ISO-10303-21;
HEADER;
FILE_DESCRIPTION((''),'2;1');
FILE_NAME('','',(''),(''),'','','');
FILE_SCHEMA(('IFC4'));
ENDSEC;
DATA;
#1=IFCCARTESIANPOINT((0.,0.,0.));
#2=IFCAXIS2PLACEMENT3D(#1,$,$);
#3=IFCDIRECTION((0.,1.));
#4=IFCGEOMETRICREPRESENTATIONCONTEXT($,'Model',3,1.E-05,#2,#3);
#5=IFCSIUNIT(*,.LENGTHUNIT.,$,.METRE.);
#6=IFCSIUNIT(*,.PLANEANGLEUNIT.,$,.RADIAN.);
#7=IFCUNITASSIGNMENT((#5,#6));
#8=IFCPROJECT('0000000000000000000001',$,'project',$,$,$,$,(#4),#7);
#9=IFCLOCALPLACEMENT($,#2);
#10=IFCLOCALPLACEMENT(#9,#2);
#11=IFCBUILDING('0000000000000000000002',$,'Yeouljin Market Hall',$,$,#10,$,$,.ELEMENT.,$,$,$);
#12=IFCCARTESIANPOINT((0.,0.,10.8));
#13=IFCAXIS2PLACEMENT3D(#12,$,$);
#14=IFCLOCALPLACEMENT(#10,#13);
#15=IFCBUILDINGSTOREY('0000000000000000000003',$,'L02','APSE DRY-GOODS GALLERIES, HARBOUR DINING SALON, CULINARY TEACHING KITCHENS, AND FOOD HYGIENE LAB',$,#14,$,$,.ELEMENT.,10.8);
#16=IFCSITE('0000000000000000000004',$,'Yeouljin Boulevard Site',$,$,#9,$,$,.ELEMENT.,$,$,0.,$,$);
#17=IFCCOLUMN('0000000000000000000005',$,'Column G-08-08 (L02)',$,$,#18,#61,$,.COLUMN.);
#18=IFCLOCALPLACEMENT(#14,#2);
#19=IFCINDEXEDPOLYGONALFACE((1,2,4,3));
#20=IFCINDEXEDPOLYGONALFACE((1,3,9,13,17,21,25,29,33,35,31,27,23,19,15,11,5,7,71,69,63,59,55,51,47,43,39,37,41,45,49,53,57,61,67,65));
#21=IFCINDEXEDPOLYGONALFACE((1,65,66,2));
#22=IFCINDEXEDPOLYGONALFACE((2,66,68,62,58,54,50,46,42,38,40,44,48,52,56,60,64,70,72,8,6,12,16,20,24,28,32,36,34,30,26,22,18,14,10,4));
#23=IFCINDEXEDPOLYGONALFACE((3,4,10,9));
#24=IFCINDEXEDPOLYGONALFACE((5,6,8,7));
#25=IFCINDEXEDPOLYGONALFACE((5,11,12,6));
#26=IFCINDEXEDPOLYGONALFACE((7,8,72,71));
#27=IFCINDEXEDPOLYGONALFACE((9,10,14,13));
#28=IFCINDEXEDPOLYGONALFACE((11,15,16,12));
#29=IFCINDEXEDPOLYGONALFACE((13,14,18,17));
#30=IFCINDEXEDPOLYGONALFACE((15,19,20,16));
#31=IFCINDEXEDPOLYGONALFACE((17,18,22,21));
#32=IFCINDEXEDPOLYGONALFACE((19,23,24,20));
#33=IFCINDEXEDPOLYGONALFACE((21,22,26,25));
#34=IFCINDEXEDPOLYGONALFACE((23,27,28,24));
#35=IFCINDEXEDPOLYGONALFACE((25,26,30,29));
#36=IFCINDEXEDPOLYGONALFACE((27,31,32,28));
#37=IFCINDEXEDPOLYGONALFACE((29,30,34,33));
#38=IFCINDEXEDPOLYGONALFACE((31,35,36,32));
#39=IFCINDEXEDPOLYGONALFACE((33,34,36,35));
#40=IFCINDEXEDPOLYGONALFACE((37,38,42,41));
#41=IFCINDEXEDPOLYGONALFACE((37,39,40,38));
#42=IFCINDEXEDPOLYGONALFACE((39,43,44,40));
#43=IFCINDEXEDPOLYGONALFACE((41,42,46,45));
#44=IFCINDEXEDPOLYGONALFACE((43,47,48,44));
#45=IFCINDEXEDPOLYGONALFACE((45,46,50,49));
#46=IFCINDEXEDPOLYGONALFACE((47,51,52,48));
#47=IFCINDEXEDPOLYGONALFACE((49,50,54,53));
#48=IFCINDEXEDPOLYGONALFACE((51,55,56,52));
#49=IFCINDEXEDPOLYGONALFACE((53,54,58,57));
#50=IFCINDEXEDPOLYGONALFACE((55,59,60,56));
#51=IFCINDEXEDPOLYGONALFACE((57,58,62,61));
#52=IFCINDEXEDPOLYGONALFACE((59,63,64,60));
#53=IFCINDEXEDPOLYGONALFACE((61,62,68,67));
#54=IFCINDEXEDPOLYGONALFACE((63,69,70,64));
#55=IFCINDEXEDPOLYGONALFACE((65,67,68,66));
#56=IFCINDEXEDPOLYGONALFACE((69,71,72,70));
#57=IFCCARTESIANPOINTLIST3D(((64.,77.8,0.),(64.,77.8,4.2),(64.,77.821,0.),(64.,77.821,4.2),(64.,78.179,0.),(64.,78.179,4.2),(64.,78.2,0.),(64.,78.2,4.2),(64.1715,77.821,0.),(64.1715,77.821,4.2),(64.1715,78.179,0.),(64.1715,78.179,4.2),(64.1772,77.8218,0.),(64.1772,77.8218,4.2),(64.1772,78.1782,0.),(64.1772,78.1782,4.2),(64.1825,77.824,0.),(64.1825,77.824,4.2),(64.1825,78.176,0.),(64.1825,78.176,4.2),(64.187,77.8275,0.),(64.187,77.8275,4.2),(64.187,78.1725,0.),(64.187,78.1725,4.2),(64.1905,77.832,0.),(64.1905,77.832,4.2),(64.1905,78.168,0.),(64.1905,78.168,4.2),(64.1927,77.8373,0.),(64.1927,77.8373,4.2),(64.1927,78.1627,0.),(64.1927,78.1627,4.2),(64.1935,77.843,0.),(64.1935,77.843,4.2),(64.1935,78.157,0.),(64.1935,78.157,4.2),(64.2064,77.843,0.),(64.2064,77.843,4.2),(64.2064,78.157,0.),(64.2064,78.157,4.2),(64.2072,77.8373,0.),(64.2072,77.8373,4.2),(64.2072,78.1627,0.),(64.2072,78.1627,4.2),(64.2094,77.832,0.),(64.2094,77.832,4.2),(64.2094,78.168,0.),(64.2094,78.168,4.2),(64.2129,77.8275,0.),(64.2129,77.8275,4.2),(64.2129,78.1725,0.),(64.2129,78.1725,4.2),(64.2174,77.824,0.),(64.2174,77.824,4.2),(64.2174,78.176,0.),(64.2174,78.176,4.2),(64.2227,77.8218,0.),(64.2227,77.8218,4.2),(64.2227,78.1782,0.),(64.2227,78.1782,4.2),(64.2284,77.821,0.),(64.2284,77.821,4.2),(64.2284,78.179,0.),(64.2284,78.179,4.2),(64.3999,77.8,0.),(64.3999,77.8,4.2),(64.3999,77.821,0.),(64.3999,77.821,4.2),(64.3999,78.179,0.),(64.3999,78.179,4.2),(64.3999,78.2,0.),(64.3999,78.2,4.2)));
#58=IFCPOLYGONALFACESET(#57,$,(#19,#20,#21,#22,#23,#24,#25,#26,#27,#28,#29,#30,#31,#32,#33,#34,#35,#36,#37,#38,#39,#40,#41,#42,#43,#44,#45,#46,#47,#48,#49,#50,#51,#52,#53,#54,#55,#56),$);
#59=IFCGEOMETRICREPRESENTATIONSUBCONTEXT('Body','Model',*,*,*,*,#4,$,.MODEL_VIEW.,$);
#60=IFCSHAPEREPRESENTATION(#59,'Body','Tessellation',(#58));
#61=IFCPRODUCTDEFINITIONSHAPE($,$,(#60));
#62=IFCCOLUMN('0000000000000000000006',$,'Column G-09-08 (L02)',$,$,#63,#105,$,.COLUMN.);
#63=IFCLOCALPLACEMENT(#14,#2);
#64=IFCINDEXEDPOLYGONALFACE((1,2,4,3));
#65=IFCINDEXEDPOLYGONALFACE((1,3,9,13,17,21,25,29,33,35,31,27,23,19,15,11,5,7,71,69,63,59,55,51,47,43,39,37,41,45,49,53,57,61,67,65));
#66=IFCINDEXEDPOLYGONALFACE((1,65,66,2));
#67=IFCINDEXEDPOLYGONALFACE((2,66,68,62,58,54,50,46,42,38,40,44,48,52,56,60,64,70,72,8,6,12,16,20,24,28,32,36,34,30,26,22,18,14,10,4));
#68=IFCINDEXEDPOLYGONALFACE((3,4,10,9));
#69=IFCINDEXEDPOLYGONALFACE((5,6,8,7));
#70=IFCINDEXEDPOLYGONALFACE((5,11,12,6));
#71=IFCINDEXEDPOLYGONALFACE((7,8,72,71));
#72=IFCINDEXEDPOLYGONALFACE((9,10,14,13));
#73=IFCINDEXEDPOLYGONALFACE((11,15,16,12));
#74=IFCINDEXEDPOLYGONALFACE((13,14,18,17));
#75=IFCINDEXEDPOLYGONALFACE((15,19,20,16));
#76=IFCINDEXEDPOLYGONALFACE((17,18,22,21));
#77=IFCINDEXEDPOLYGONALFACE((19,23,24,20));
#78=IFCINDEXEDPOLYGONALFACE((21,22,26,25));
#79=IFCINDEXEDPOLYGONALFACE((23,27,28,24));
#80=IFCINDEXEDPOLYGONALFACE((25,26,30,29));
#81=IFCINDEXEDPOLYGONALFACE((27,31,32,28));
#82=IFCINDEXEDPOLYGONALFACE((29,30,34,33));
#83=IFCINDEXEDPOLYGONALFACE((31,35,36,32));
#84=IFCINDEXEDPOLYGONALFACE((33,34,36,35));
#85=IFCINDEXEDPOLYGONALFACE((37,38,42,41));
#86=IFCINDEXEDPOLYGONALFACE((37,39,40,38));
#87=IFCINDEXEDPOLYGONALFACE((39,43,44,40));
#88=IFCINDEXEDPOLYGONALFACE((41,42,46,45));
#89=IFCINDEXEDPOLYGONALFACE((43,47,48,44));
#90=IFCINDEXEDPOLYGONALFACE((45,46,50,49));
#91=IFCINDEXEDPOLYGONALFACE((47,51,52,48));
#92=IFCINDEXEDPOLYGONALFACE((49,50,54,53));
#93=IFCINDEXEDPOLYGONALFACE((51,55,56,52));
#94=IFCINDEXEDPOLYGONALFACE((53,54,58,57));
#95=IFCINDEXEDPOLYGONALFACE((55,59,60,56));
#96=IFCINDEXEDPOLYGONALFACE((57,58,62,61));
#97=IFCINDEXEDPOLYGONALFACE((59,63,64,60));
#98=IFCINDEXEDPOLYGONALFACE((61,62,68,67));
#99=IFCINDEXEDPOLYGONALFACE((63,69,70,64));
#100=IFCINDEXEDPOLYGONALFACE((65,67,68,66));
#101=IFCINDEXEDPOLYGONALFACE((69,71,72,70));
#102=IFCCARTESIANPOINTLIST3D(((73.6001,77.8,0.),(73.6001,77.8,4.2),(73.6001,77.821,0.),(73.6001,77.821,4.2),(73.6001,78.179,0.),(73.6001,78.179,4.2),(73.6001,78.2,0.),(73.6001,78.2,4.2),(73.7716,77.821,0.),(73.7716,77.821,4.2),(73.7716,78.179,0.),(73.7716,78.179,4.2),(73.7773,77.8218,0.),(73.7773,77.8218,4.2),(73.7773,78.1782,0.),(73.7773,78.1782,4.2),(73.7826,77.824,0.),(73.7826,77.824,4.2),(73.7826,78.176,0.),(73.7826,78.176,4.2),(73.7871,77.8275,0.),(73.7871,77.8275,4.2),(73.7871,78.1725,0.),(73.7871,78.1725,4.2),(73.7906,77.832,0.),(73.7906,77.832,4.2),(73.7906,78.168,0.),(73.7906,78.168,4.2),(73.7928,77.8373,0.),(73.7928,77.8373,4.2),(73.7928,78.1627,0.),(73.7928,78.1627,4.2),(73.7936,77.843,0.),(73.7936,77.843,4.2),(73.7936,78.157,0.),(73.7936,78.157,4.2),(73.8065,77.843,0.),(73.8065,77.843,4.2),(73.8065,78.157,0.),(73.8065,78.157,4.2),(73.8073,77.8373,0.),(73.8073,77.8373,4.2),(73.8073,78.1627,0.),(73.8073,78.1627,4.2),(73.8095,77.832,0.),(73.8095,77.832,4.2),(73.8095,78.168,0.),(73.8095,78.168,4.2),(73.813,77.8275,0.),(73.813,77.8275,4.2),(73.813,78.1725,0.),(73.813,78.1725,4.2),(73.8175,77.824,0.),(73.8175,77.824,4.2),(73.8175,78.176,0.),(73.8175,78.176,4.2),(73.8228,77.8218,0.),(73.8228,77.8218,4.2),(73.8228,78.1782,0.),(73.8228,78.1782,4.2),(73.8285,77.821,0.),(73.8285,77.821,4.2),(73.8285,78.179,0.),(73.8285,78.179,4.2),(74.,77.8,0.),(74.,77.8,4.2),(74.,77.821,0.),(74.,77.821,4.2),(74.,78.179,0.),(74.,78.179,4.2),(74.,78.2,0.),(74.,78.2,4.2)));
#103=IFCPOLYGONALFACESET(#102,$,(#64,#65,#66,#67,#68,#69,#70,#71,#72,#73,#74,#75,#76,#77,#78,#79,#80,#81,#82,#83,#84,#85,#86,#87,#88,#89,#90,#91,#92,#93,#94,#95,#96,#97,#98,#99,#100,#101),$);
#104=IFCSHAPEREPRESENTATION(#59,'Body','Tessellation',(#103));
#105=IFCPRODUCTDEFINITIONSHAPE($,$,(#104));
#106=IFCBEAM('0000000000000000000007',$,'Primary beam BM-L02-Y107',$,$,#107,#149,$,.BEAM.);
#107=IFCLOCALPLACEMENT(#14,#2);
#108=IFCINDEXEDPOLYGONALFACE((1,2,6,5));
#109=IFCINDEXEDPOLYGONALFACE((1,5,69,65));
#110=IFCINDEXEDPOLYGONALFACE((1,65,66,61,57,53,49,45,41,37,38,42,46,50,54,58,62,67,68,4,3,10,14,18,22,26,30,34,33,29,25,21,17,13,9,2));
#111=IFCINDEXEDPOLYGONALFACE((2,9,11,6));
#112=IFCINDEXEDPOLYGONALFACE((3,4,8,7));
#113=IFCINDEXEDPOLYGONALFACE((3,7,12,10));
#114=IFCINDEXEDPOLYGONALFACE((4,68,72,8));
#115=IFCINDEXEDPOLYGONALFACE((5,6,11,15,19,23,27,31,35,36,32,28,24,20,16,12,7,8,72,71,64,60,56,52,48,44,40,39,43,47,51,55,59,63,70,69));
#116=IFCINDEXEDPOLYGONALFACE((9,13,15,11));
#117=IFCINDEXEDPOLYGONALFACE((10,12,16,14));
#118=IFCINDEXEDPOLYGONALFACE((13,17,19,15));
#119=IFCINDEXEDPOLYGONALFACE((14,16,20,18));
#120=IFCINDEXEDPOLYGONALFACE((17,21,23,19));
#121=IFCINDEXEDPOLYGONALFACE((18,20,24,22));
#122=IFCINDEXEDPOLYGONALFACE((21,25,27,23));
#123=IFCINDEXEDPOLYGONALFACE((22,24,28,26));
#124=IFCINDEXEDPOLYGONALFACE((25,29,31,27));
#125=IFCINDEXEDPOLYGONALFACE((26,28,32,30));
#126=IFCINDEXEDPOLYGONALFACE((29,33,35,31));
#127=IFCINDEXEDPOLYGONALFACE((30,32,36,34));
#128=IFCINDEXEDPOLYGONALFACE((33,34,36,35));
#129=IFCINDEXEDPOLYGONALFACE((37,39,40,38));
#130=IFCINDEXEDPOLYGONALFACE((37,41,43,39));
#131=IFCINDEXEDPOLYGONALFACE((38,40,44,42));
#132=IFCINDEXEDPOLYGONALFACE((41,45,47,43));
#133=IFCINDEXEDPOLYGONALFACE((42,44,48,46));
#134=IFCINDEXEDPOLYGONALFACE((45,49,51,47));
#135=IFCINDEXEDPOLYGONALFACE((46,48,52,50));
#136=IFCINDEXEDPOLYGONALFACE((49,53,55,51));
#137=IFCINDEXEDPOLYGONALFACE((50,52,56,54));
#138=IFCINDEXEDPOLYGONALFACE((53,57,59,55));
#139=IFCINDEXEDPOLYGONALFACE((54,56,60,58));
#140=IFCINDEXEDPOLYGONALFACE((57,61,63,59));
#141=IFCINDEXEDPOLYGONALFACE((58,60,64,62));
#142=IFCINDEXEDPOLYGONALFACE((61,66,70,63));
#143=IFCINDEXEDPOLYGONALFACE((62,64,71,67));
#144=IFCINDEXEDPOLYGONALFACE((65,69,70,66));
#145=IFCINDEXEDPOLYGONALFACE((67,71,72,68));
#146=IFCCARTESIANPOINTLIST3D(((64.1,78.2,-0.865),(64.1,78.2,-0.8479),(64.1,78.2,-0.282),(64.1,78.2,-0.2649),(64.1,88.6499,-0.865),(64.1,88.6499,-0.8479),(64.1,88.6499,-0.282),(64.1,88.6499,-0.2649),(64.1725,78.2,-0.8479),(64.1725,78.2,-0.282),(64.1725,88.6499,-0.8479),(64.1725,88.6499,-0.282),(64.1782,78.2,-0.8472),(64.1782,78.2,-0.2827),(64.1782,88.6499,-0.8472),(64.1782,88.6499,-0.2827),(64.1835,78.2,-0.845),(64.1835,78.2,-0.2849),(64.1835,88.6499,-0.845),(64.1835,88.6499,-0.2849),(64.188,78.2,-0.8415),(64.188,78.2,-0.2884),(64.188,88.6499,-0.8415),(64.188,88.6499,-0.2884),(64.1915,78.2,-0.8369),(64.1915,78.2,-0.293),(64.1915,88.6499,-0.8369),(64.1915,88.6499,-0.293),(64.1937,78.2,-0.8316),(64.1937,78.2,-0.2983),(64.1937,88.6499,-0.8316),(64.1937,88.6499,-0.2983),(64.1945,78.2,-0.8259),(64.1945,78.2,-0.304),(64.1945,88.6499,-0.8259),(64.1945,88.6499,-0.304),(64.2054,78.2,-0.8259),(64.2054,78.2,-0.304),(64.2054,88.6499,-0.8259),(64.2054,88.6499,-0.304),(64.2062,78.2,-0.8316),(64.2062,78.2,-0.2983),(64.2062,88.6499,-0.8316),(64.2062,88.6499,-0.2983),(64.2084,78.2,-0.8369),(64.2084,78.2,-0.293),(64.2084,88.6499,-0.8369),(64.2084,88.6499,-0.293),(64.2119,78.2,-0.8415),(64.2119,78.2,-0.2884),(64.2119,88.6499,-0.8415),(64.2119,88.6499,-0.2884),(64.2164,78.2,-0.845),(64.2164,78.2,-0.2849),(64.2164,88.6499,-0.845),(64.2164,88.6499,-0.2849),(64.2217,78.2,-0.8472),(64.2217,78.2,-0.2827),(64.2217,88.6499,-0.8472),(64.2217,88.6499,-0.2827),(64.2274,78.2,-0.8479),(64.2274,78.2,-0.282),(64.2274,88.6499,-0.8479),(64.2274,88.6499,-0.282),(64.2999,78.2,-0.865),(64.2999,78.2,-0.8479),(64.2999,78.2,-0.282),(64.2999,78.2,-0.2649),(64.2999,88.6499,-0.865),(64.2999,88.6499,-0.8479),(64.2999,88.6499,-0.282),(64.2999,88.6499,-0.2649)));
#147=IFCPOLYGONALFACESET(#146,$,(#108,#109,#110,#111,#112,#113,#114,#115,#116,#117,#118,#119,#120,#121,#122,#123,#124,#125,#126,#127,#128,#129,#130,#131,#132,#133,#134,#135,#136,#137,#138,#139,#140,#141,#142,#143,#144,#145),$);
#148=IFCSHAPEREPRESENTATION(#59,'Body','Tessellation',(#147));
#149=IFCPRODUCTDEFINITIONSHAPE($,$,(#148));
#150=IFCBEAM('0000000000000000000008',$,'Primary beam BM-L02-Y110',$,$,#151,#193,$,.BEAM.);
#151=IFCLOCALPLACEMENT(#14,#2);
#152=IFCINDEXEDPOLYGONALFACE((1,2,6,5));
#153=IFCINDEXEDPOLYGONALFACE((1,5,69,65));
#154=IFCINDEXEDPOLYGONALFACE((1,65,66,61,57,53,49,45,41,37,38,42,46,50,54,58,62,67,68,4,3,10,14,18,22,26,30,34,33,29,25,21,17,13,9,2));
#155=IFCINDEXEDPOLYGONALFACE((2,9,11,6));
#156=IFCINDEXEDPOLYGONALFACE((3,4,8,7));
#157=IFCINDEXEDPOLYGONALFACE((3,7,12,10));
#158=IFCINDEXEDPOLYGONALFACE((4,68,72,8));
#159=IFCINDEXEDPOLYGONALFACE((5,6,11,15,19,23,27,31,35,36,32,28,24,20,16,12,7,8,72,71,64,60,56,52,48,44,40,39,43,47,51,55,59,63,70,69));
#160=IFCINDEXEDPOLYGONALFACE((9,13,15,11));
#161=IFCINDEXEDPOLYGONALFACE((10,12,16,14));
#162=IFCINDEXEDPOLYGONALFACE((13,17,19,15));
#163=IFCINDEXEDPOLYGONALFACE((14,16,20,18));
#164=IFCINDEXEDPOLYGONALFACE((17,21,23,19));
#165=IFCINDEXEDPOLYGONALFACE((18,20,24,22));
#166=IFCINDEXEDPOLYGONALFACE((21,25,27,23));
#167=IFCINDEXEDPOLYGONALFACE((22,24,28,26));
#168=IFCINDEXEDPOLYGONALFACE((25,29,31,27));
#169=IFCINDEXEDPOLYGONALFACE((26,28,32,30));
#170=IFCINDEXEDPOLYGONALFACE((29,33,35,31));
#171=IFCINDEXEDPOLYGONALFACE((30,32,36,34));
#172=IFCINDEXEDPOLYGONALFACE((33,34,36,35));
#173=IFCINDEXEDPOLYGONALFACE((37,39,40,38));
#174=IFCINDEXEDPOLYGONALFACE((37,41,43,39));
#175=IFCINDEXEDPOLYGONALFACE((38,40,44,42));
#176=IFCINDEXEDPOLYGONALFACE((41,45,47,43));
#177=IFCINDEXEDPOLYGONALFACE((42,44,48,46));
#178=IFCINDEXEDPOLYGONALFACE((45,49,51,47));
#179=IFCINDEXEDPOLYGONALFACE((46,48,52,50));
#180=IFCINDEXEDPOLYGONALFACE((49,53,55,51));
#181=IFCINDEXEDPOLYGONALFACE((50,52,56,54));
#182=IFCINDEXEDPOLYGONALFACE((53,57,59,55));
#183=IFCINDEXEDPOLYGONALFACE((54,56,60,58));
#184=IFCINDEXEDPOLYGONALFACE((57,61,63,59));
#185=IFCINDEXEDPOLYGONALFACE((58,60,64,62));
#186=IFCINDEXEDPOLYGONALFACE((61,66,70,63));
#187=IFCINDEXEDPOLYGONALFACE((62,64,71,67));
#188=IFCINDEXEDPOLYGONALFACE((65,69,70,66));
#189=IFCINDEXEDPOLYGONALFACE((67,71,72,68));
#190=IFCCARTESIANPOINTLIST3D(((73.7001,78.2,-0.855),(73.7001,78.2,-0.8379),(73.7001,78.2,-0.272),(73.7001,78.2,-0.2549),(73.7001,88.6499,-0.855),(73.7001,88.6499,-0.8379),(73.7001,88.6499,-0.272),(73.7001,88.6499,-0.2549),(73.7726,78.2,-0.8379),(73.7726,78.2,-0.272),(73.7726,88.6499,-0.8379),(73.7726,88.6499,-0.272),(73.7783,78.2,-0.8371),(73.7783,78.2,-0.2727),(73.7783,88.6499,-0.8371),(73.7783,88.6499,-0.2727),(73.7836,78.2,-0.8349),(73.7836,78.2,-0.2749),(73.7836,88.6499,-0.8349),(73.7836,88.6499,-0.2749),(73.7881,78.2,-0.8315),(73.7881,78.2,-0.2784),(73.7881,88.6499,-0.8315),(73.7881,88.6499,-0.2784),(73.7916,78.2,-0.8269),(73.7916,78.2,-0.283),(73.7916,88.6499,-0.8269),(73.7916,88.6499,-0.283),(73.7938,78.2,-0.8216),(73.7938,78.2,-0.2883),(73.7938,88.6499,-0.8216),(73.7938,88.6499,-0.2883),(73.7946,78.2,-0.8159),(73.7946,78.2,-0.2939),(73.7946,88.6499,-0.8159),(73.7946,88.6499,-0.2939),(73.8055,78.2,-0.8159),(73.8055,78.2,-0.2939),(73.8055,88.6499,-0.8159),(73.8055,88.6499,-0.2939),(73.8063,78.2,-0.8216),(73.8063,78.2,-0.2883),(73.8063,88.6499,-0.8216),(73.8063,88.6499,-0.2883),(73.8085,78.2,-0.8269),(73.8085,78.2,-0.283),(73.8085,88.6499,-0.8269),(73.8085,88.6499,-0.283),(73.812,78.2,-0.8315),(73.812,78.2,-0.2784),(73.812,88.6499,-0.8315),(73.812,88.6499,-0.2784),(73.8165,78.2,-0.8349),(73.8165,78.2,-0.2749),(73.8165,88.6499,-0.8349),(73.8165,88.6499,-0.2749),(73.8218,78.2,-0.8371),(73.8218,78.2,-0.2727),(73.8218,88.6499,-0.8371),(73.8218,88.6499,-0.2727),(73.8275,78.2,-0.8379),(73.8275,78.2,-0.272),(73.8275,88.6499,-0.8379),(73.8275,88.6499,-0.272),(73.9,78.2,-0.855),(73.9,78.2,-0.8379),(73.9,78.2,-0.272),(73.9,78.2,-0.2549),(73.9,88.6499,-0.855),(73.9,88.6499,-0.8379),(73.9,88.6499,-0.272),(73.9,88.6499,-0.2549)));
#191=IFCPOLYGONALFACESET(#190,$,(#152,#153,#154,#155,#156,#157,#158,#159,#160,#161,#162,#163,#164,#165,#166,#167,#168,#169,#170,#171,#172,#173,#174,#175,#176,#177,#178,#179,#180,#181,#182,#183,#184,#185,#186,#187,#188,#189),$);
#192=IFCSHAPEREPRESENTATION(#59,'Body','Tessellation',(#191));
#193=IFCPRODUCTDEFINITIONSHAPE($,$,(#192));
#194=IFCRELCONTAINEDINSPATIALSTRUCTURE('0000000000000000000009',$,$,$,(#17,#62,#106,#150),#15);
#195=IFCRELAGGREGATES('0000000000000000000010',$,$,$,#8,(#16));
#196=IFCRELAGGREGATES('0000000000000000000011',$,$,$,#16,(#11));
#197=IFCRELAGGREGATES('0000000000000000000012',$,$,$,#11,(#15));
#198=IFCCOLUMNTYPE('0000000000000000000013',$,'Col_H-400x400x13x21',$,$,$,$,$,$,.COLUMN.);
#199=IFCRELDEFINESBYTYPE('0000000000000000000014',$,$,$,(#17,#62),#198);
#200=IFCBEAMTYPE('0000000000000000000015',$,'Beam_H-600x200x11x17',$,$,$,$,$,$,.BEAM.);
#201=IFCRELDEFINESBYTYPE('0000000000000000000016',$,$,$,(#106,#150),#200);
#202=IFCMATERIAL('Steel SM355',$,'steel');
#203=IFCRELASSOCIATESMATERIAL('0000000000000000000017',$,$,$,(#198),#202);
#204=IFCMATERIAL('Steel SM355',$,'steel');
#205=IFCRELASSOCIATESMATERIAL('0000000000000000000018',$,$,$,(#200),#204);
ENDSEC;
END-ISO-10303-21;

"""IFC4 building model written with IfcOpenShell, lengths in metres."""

from ifc_helpers import new_model, si_unit, direction, frame, origin, origin_2d, place, context, subcontext, project, spatial, i_section, extrude, material, material_profile, profile_set, type_object, element, save


model = new_model("IFC4")

# Units and contexts
model_context = context("Model", 3, precision=1e-05, world=origin(), true_north=direction((0.0, 1.0)))
body_context = subcontext(model_context, "Body", "Model", "MODEL_VIEW")
ifc_project = project(units=[si_unit("LENGTHUNIT", "METRE"), si_unit("PLANEANGLEUNIT", "RADIAN")], contexts=[model_context])

# Site, building, storey
site_placement = place(None, origin())
site = spatial("IfcSite", under=ifc_project, at=site_placement, Name="Yeouljin Boulevard Site", CompositionType="ELEMENT", RefElevation=0.0)
building_placement = place(site_placement, origin())
building = spatial("IfcBuilding", under=site, at=building_placement, Name="Yeouljin Market Hall", CompositionType="ELEMENT")
storey_placement = place(building_placement, frame((0.0, 0.0, 10.8)))
storey = spatial("IfcBuildingStorey", under=building, at=storey_placement, Name="L02", Description="APSE DRY-GOODS GALLERIES, HARBOUR DINING SALON, CULINARY TEACHING KITCHENS, AND FOOD HYGIENE LAB", CompositionType="ELEMENT", Elevation=10.8)

# Columns
ifc_material_1 = material(Name="Steel SM355", Category="steel")
ifc_material_profile_1 = material_profile(ifc_material_1, i_section(OverallWidth=0.3999, OverallDepth=0.3999, WebThickness=0.0129, FlangeThickness=0.021, FilletRadius=0.022, at=origin_2d()), Name="H-400x400x13x21")
ifc_profile_set_1 = profile_set([ifc_material_profile_1], Name="Steel SM355")
column_type = type_object("IfcColumnType", Name="Col_H-400x400x13x21", PredefinedType="COLUMN", material=ifc_profile_set_1)
for number, where, z_axis, x_axis, name in (
    (1, (64.2, 78.0, 0.0), (0.0, 0.0, 1.0), (1.0, 0.0, 0.0), "Column G-08-08 (L02)"),
    (2, (73.8, 78.0, 0.0), (0.0, 0.0, 1.0), (1.0, 0.0, 0.0), "Column G-09-08 (L02)"),
):
    element("IfcColumn", number, at=place(storey_placement, frame(where, z_axis=z_axis, x_axis=x_axis)), inside=storey, type_object=column_type, Name=name, PredefinedType="COLUMN", context=body_context, shape_type="SweptSolid", body=[
        extrude(i_section(OverallWidth=0.3999, OverallDepth=0.3999, WebThickness=0.0129, FlangeThickness=0.021, FilletRadius=0.022, at=origin_2d()), origin(), (0.0, 0.0, 1.0), 4.2),
    ])

# Beams
ifc_material_2 = material(Name="Steel SM355", Category="steel")
ifc_material_profile_2 = material_profile(ifc_material_2, i_section(OverallWidth=0.2, OverallDepth=0.6001, WebThickness=0.011, FlangeThickness=0.0171, FilletRadius=0.022, at=origin_2d()), Name="H-600x200x11x17")
ifc_profile_set_2 = profile_set([ifc_material_profile_2], Name="Steel SM355")
beam_type_1 = type_object("IfcBeamType", Name="Beam_H-600x200x11x17", PredefinedType="BEAM", material=ifc_profile_set_2)
for number, where, z_axis, x_axis, name in (
    (3, (64.2, 78.2, -0.5649), (0.0, 1.0, 0.0), (-1.0, 0.0, 0.0), "Primary beam BM-L02-Y107"),
    (4, (73.8, 78.2, -0.5549), (0.0, 1.0, 0.0), (-1.0, 0.0, 0.0), "Primary beam BM-L02-Y110"),
):
    element("IfcBeam", number, at=place(storey_placement, frame(where, z_axis=z_axis, x_axis=x_axis)), inside=storey, type_object=beam_type_1, Name=name, PredefinedType="BEAM", context=body_context, shape_type="SweptSolid", body=[
        extrude(i_section(OverallWidth=0.2, OverallDepth=0.6001, WebThickness=0.011, FlangeThickness=0.0171, FilletRadius=0.022, at=origin_2d()), origin(), (0.0, 0.0, 1.0), 10.45),
    ])

save(model, "model.ifc")
